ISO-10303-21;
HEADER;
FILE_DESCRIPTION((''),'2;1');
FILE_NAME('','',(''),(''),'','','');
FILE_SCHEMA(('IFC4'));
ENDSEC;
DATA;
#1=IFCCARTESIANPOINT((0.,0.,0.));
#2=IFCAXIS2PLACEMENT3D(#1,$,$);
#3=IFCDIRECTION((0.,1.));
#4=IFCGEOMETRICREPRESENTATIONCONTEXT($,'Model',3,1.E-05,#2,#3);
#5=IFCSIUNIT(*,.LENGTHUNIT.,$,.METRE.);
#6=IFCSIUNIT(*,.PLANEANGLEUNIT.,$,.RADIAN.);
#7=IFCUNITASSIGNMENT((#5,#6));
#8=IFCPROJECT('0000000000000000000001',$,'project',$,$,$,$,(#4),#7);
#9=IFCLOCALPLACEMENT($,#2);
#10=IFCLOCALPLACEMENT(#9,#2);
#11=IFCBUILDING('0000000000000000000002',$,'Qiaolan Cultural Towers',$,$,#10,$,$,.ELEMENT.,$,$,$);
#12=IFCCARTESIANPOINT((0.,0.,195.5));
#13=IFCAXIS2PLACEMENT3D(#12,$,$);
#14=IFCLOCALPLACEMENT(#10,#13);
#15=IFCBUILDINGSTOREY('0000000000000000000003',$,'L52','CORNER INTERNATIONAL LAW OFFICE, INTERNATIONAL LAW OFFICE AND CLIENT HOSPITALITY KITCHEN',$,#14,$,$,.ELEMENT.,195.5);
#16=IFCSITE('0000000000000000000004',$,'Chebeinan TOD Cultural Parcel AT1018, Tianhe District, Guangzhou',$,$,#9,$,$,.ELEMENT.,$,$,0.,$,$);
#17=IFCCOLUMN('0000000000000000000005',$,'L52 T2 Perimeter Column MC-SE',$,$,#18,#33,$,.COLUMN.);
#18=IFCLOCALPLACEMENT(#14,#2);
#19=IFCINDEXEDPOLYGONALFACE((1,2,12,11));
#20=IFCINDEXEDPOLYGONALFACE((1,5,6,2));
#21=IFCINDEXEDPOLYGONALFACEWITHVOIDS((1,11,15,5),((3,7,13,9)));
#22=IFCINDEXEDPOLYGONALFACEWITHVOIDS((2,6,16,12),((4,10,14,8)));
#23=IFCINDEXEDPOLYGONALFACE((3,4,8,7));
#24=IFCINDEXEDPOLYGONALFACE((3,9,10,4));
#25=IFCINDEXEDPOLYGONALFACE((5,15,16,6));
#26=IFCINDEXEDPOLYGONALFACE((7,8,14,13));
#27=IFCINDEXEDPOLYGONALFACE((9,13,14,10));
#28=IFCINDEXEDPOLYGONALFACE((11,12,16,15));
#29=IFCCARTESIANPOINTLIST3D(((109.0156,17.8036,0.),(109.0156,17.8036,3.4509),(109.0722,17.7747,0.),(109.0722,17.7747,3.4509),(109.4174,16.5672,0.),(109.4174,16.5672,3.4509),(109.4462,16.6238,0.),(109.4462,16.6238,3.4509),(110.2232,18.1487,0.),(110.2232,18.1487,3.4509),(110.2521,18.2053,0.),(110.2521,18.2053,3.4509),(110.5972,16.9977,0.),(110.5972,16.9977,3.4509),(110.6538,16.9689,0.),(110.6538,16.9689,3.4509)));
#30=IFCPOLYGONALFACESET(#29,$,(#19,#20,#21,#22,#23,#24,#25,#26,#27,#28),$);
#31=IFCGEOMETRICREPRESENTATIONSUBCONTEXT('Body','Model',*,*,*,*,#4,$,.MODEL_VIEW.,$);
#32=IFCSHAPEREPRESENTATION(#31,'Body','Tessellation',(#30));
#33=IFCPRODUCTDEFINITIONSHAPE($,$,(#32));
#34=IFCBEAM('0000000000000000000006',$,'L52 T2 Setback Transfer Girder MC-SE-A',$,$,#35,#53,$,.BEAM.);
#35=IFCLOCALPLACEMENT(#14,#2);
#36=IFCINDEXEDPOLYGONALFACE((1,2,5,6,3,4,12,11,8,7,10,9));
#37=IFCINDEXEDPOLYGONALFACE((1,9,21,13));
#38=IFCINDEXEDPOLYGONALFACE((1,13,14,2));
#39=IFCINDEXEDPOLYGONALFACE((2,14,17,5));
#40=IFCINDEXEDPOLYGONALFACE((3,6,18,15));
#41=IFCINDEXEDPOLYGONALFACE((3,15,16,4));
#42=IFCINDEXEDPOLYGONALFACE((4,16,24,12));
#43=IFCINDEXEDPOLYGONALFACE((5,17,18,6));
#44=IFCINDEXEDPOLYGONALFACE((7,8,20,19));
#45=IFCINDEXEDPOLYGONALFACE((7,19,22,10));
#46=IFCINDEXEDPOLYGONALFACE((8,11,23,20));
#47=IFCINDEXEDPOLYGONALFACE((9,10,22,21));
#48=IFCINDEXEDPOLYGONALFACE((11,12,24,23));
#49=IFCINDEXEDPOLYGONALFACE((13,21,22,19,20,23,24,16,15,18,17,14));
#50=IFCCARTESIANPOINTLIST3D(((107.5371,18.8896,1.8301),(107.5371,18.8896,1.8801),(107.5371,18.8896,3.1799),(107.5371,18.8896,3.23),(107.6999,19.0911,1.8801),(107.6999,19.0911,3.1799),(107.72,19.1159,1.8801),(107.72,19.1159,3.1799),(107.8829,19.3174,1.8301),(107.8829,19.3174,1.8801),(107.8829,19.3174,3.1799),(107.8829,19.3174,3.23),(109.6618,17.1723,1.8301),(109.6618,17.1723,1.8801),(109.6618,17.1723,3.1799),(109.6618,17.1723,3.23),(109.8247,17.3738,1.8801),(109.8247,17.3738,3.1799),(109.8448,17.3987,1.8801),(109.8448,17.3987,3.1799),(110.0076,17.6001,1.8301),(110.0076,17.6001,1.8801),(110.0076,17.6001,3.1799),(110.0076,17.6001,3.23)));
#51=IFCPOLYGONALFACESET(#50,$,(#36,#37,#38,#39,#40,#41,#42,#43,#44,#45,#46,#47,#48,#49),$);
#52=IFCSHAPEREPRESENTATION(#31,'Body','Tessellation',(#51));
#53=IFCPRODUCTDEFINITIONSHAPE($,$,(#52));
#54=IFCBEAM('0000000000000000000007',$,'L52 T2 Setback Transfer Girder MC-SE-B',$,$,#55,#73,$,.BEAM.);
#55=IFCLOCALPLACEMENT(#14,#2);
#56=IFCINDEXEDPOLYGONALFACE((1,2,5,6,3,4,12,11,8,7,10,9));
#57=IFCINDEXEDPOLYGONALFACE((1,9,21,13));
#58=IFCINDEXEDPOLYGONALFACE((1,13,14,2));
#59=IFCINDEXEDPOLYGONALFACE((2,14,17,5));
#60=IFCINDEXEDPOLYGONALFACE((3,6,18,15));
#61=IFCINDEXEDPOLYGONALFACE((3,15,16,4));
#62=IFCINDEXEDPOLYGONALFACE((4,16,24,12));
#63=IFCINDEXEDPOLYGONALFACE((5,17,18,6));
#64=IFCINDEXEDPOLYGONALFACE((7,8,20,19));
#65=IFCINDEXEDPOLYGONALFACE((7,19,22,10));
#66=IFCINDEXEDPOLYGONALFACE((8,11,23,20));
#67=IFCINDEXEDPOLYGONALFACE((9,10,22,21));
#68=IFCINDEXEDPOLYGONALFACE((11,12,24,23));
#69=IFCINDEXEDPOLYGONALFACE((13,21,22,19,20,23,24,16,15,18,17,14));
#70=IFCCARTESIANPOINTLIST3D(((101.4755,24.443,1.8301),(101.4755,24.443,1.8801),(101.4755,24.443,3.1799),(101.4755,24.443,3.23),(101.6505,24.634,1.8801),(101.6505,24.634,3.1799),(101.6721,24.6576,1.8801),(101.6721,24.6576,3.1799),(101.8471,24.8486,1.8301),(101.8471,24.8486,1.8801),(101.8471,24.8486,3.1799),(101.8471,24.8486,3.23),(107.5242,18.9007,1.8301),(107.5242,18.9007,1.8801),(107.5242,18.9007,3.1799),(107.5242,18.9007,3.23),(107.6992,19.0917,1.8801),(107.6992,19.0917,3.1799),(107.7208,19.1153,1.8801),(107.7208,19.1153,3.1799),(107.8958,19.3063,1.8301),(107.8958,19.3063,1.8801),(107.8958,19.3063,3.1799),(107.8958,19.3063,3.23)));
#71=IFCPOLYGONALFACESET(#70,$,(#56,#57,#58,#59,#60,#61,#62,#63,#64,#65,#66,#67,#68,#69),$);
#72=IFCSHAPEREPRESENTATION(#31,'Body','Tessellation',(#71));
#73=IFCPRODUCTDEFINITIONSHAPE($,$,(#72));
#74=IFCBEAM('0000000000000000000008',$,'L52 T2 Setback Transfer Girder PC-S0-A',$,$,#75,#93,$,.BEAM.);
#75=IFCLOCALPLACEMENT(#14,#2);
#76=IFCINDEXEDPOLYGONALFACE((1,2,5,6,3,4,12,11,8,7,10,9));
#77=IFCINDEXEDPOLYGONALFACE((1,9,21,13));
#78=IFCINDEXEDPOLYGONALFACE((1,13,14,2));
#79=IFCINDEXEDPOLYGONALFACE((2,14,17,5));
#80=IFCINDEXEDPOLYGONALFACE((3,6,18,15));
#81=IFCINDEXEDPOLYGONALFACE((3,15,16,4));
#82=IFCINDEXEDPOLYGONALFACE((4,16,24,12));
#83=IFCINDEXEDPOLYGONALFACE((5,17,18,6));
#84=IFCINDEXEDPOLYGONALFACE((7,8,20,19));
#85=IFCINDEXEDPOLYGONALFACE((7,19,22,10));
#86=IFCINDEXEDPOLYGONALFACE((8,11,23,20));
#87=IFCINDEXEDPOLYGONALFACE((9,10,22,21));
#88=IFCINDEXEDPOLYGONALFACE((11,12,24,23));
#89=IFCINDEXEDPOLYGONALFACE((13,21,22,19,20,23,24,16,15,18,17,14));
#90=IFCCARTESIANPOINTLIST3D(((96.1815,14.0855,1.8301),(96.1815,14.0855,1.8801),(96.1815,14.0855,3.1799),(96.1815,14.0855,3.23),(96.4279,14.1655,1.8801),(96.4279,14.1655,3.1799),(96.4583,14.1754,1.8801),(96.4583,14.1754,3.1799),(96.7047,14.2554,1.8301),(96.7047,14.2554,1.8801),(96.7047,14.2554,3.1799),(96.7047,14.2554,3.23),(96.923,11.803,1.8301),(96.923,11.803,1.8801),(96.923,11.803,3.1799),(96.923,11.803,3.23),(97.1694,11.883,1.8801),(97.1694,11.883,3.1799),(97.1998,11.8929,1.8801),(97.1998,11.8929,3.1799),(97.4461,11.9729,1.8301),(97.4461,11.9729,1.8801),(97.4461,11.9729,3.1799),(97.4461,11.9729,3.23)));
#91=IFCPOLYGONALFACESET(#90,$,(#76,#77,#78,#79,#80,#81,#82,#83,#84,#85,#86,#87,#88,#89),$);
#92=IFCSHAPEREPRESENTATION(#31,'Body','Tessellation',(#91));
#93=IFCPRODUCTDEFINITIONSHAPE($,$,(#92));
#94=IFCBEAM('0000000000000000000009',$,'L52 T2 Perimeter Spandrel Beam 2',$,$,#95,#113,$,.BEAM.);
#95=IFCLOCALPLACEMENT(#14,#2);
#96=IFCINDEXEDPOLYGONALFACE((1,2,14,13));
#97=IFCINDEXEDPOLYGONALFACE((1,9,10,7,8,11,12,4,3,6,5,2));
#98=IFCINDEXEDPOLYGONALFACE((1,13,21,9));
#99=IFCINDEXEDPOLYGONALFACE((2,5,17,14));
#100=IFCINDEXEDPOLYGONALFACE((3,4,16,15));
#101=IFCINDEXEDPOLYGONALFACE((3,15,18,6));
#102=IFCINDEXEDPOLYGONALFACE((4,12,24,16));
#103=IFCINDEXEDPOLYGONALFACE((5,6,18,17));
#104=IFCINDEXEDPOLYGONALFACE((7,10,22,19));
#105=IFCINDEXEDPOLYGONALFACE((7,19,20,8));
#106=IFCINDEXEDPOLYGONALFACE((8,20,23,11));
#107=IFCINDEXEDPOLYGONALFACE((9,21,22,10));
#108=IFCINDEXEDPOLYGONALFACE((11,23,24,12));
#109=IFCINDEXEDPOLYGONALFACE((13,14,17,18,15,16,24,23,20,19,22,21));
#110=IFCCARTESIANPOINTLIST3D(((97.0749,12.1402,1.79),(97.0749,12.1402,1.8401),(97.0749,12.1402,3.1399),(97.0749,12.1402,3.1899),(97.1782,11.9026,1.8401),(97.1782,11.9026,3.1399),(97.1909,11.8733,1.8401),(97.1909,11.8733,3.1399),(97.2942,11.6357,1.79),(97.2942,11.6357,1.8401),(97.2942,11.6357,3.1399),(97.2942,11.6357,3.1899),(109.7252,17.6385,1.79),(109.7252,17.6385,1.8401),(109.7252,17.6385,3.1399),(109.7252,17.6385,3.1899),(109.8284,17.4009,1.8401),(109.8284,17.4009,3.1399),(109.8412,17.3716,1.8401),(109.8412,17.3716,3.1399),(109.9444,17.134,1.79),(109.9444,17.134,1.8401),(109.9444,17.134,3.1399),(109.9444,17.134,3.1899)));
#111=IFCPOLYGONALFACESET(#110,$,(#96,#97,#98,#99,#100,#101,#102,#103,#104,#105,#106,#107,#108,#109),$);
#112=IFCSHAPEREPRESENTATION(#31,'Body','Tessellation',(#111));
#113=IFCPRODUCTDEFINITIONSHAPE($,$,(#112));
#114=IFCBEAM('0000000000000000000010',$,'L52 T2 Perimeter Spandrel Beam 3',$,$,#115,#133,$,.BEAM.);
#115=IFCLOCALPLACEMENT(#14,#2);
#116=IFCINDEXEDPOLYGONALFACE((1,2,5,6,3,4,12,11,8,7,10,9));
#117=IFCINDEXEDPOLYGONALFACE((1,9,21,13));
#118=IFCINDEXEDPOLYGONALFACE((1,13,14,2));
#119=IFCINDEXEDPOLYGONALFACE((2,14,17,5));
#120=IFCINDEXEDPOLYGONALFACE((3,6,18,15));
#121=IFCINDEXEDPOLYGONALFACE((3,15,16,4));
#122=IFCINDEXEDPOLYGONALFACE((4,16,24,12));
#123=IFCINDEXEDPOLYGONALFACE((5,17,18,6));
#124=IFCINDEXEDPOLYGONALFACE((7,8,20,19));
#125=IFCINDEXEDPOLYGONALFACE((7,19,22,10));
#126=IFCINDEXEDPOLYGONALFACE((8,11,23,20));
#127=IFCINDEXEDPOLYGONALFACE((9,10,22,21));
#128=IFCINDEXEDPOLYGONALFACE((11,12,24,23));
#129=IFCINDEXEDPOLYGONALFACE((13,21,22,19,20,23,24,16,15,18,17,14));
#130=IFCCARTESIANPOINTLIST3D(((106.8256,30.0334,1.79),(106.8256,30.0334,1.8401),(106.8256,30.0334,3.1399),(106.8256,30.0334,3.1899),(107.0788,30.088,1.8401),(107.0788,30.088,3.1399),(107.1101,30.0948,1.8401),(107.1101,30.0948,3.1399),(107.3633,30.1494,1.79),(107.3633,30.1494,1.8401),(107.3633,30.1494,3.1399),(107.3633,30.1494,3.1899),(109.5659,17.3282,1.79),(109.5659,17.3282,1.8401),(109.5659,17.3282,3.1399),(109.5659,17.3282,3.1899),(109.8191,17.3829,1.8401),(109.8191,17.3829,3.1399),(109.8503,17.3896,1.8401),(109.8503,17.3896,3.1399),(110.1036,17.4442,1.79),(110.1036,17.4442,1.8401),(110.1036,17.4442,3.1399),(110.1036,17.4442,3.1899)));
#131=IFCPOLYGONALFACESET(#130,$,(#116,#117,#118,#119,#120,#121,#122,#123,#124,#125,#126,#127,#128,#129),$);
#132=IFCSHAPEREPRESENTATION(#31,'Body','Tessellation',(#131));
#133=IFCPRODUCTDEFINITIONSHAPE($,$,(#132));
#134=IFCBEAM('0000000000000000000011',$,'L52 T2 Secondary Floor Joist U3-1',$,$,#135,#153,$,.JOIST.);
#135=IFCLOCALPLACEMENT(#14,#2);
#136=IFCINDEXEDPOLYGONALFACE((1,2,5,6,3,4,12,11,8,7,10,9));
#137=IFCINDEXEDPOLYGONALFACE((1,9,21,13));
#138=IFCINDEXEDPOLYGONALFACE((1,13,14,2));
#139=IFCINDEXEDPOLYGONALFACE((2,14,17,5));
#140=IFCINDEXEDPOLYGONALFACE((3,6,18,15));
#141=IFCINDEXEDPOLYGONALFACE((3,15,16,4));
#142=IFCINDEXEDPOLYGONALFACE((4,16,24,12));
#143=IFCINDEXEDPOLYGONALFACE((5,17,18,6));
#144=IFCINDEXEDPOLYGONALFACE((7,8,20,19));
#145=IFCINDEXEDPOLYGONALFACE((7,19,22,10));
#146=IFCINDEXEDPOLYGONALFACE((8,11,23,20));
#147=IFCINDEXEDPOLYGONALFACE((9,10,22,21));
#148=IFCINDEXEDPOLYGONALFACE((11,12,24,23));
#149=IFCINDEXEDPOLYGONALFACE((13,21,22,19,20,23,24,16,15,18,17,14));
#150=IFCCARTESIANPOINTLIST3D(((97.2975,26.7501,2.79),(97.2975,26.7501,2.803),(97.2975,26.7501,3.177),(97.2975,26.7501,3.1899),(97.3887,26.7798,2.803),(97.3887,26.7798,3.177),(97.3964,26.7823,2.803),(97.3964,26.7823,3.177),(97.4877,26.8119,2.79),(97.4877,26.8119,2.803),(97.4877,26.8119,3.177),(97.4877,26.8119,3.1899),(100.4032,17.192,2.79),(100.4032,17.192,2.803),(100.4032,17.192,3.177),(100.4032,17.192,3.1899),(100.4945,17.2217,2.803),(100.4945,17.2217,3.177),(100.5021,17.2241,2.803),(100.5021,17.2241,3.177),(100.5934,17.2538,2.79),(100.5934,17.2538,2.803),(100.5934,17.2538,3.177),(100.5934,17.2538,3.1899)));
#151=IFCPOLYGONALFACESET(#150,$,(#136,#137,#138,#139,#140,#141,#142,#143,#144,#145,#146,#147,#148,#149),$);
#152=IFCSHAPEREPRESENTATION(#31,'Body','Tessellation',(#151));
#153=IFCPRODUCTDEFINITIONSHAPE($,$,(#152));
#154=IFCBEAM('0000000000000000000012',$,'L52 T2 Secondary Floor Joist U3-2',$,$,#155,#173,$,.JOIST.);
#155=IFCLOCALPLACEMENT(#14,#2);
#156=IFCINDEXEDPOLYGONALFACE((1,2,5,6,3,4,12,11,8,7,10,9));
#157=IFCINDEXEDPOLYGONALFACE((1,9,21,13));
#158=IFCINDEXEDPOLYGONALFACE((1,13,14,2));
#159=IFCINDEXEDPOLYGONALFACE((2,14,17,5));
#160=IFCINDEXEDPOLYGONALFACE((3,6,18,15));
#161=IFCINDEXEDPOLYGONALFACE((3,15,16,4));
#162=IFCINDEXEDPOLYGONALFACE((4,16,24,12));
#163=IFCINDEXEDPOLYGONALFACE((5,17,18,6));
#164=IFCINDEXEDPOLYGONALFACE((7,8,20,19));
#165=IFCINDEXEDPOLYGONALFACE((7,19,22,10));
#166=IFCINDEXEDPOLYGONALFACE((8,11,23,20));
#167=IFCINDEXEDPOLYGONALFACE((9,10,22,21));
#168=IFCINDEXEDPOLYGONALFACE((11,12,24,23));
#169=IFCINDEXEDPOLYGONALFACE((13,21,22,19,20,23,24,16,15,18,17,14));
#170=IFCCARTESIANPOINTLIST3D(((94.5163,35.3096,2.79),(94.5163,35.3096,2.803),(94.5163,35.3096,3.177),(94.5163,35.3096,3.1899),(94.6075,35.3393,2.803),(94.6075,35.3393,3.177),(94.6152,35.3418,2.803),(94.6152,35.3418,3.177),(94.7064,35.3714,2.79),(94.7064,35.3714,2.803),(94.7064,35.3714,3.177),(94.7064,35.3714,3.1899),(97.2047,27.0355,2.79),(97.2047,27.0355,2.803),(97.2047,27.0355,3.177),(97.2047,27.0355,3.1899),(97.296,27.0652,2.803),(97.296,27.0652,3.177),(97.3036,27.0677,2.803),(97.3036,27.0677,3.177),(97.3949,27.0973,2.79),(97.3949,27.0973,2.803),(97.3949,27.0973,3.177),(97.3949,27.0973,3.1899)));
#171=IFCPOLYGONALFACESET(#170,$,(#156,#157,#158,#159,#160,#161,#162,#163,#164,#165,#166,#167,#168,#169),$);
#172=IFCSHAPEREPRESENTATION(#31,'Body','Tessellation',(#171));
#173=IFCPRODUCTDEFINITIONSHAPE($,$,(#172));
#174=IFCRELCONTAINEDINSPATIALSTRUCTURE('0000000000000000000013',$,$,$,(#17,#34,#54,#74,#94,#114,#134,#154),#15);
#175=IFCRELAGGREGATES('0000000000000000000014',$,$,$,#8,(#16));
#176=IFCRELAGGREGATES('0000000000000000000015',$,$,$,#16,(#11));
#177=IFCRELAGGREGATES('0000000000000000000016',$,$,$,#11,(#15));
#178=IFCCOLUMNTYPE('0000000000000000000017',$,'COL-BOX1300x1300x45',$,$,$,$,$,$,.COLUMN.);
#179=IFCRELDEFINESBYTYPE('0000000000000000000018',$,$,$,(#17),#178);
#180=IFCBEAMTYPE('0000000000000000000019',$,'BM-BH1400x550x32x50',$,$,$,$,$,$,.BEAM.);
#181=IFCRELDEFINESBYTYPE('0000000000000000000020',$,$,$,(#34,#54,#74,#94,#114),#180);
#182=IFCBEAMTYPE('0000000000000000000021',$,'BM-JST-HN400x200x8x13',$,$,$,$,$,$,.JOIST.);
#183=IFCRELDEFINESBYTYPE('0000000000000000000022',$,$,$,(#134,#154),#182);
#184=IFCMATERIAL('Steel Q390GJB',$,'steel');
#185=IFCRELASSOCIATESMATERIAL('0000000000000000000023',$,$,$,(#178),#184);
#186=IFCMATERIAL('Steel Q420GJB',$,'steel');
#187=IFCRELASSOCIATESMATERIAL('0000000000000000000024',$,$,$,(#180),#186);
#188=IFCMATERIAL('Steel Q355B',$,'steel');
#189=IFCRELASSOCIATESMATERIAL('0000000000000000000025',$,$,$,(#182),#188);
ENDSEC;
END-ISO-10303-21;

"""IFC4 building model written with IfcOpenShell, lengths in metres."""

from ifc_helpers import new_model, si_unit, direction, frame, origin, origin_2d, place, context, subcontext, project, spatial, hollow_rectangle, i_section, extrude, material, material_profile, profile_set, type_object, element, save


model = new_model("IFC4")

# Units and contexts
model_context = context("Model", 3, precision=1e-05, world=origin(), true_north=direction((0.0, 1.0)))
body_context = subcontext(model_context, "Body", "Model", "MODEL_VIEW")
ifc_project = project(units=[si_unit("LENGTHUNIT", "METRE"), si_unit("PLANEANGLEUNIT", "RADIAN")], contexts=[model_context])

# Site, building, storey
site_placement = place(None, origin())
site = spatial("IfcSite", under=ifc_project, at=site_placement, Name="Chebeinan TOD Cultural Parcel AT1018, Tianhe District, Guangzhou", CompositionType="ELEMENT", RefElevation=0.0)
building_placement = place(site_placement, origin())
building = spatial("IfcBuilding", under=site, at=building_placement, Name="Qiaolan Cultural Towers", CompositionType="ELEMENT")
storey_placement = place(building_placement, frame((0.0, 0.0, 195.5)))
storey = spatial("IfcBuildingStorey", under=building, at=storey_placement, Name="L52", Description="CORNER INTERNATIONAL LAW OFFICE, INTERNATIONAL LAW OFFICE AND CLIENT HOSPITALITY KITCHEN", CompositionType="ELEMENT", Elevation=195.5)

# Column
ifc_material_1 = material(Name="Steel Q390GJB", Category="steel")
ifc_material_profile_1 = material_profile(ifc_material_1, hollow_rectangle(XDim=1.3, YDim=1.3, WallThickness=0.0449, at=origin_2d()), Name="BOX1300x1300x45")
ifc_profile_set_1 = profile_set([ifc_material_profile_1], Name="Steel Q390GJB")
column_type = type_object("IfcColumnType", Name="COL-BOX1300x1300x45", PredefinedType="COLUMN", material=ifc_profile_set_1)
column_placement = place(storey_placement, frame((109.8347, 17.3862, 0.0), z_axis=(0.0, 0.0, 1.0), x_axis=(0.951057, 0.309017, 0.0)))
element("IfcColumn", 1, at=column_placement, inside=storey, type_object=column_type, Name="L52 T2 Perimeter Column MC-SE", PredefinedType="COLUMN", context=body_context, shape_type="SweptSolid", body=[
    extrude(hollow_rectangle(XDim=1.3, YDim=1.3, WallThickness=0.0449, at=origin_2d()), origin(), (0.0, 0.0, 1.0), 3.4509),
])

# Beams
ifc_material_2 = material(Name="Steel Q420GJB", Category="steel")
ifc_material_profile_2 = material_profile(ifc_material_2, i_section(OverallWidth=0.55, OverallDepth=1.3999, WebThickness=0.032, FlangeThickness=0.05, at=origin_2d()), Name="BH1400x550x32x50")
ifc_profile_set_2 = profile_set([ifc_material_profile_2], Name="Steel Q420GJB")
beam_type_1 = type_object("IfcBeamType", Name="BM-BH1400x550x32x50", PredefinedType="BEAM", material=ifc_profile_set_2)
beam_1_placement = place(storey_placement, frame((109.8347, 17.3862, 2.53), z_axis=(-0.777738, 0.628589, 0.0), x_axis=(-0.628589, -0.777738, 0.0)))
element("IfcBeam", 2, at=beam_1_placement, inside=storey, type_object=beam_type_1, Name="L52 T2 Setback Transfer Girder MC-SE-A", PredefinedType="BEAM", context=body_context, shape_type="SweptSolid", body=[
    extrude(i_section(OverallWidth=0.55, OverallDepth=1.3999, WebThickness=0.032, FlangeThickness=0.05, at=origin_2d()), origin(), (0.0, 0.0, 1.0), 2.7319),
])
beam_2_placement = place(storey_placement, frame((107.71, 19.1035, 2.53), z_axis=(-0.737294, 0.675572, 0.0), x_axis=(-0.675572, -0.737294, 0.0)))
element("IfcBeam", 3, at=beam_2_placement, inside=storey, type_object=beam_type_1, Name="L52 T2 Setback Transfer Girder MC-SE-B", PredefinedType="BEAM", context=body_context, shape_type="SweptSolid", body=[
    extrude(i_section(OverallWidth=0.55, OverallDepth=1.3999, WebThickness=0.032, FlangeThickness=0.05, at=origin_2d()), origin(), (0.0, 0.0, 1.0), 8.2039),
])
beam_3_placement = place(storey_placement, frame((97.1846, 11.8879, 2.53), z_axis=(-0.308955, 0.951077, 0.0), x_axis=(-0.951077, -0.308955, 0.0)))
element("IfcBeam", 4, at=beam_3_placement, inside=storey, type_object=beam_type_1, Name="L52 T2 Setback Transfer Girder PC-S0-A", PredefinedType="BEAM", context=body_context, shape_type="SweptSolid", body=[
    extrude(i_section(OverallWidth=0.55, OverallDepth=1.3999, WebThickness=0.032, FlangeThickness=0.05, at=origin_2d()), origin(), (0.0, 0.0, 1.0), 2.3999),
])
beam_4_placement = place(storey_placement, frame((97.1846, 11.8879, 2.49), z_axis=(0.917117, 0.398618, 0.0), x_axis=(-0.398618, 0.917117, 0.0)))
element("IfcBeam", 5, at=beam_4_placement, inside=storey, type_object=beam_type_1, Name="L52 T2 Perimeter Spandrel Beam 2", PredefinedType="BEAM", context=body_context, shape_type="SweptSolid", body=[
    extrude(i_section(OverallWidth=0.55, OverallDepth=1.3999, WebThickness=0.032, FlangeThickness=0.05, at=origin_2d()), origin(), (0.0, 0.0, 1.0), 13.7935),
])
beam_5_placement = place(storey_placement, frame((109.8347, 17.3862, 2.49), z_axis=(-0.210832, 0.977522, 0.0), x_axis=(-0.977522, -0.210832, 0.0)))
element("IfcBeam", 6, at=beam_5_placement, inside=storey, type_object=beam_type_1, Name="L52 T2 Perimeter Spandrel Beam 3", PredefinedType="BEAM", context=body_context, shape_type="SweptSolid", body=[
    extrude(i_section(OverallWidth=0.55, OverallDepth=1.3999, WebThickness=0.032, FlangeThickness=0.05, at=origin_2d()), origin(), (0.0, 0.0, 1.0), 12.9973),
])
ifc_material_3 = material(Name="Steel Q355B", Category="steel")
ifc_material_profile_3 = material_profile(ifc_material_3, i_section(OverallWidth=0.2, OverallDepth=0.3999, WebThickness=0.0081, FlangeThickness=0.0129, at=origin_2d()), Name="HN400x200x8x13")
ifc_profile_set_3 = profile_set([ifc_material_profile_3], Name="Steel Q355B")
beam_type_2 = type_object("IfcBeamType", Name="BM-JST-HN400x200x8x13", PredefinedType="JOIST", material=ifc_profile_set_3)
beam_6_placement = place(storey_placement, frame((100.4983, 17.2229, 2.99), z_axis=(-0.309026, 0.951054, 0.0), x_axis=(-0.951054, -0.309026, 0.0)))
element("IfcBeam", 7, at=beam_6_placement, inside=storey, type_object=beam_type_2, Name="L52 T2 Secondary Floor Joist U3-1", PredefinedType="JOIST", context=body_context, shape_type="SweptSolid", body=[
    extrude(i_section(OverallWidth=0.2, OverallDepth=0.3999, WebThickness=0.0081, FlangeThickness=0.0129, at=origin_2d()), origin(), (0.0, 0.0, 1.0), 10.05),
])
beam_7_placement = place(storey_placement, frame((97.2998, 27.0664, 2.99), z_axis=(-0.309021, 0.951055, 0.0), x_axis=(-0.951055, -0.309021, 0.0)))
element("IfcBeam", 8, at=beam_7_placement, inside=storey, type_object=beam_type_2, Name="L52 T2 Secondary Floor Joist U3-2", PredefinedType="JOIST", context=body_context, shape_type="SweptSolid", body=[
    extrude(i_section(OverallWidth=0.2, OverallDepth=0.3999, WebThickness=0.0081, FlangeThickness=0.0129, at=origin_2d()), origin(), (0.0, 0.0, 1.0), 8.7),
])

save(model, "model.ifc")
